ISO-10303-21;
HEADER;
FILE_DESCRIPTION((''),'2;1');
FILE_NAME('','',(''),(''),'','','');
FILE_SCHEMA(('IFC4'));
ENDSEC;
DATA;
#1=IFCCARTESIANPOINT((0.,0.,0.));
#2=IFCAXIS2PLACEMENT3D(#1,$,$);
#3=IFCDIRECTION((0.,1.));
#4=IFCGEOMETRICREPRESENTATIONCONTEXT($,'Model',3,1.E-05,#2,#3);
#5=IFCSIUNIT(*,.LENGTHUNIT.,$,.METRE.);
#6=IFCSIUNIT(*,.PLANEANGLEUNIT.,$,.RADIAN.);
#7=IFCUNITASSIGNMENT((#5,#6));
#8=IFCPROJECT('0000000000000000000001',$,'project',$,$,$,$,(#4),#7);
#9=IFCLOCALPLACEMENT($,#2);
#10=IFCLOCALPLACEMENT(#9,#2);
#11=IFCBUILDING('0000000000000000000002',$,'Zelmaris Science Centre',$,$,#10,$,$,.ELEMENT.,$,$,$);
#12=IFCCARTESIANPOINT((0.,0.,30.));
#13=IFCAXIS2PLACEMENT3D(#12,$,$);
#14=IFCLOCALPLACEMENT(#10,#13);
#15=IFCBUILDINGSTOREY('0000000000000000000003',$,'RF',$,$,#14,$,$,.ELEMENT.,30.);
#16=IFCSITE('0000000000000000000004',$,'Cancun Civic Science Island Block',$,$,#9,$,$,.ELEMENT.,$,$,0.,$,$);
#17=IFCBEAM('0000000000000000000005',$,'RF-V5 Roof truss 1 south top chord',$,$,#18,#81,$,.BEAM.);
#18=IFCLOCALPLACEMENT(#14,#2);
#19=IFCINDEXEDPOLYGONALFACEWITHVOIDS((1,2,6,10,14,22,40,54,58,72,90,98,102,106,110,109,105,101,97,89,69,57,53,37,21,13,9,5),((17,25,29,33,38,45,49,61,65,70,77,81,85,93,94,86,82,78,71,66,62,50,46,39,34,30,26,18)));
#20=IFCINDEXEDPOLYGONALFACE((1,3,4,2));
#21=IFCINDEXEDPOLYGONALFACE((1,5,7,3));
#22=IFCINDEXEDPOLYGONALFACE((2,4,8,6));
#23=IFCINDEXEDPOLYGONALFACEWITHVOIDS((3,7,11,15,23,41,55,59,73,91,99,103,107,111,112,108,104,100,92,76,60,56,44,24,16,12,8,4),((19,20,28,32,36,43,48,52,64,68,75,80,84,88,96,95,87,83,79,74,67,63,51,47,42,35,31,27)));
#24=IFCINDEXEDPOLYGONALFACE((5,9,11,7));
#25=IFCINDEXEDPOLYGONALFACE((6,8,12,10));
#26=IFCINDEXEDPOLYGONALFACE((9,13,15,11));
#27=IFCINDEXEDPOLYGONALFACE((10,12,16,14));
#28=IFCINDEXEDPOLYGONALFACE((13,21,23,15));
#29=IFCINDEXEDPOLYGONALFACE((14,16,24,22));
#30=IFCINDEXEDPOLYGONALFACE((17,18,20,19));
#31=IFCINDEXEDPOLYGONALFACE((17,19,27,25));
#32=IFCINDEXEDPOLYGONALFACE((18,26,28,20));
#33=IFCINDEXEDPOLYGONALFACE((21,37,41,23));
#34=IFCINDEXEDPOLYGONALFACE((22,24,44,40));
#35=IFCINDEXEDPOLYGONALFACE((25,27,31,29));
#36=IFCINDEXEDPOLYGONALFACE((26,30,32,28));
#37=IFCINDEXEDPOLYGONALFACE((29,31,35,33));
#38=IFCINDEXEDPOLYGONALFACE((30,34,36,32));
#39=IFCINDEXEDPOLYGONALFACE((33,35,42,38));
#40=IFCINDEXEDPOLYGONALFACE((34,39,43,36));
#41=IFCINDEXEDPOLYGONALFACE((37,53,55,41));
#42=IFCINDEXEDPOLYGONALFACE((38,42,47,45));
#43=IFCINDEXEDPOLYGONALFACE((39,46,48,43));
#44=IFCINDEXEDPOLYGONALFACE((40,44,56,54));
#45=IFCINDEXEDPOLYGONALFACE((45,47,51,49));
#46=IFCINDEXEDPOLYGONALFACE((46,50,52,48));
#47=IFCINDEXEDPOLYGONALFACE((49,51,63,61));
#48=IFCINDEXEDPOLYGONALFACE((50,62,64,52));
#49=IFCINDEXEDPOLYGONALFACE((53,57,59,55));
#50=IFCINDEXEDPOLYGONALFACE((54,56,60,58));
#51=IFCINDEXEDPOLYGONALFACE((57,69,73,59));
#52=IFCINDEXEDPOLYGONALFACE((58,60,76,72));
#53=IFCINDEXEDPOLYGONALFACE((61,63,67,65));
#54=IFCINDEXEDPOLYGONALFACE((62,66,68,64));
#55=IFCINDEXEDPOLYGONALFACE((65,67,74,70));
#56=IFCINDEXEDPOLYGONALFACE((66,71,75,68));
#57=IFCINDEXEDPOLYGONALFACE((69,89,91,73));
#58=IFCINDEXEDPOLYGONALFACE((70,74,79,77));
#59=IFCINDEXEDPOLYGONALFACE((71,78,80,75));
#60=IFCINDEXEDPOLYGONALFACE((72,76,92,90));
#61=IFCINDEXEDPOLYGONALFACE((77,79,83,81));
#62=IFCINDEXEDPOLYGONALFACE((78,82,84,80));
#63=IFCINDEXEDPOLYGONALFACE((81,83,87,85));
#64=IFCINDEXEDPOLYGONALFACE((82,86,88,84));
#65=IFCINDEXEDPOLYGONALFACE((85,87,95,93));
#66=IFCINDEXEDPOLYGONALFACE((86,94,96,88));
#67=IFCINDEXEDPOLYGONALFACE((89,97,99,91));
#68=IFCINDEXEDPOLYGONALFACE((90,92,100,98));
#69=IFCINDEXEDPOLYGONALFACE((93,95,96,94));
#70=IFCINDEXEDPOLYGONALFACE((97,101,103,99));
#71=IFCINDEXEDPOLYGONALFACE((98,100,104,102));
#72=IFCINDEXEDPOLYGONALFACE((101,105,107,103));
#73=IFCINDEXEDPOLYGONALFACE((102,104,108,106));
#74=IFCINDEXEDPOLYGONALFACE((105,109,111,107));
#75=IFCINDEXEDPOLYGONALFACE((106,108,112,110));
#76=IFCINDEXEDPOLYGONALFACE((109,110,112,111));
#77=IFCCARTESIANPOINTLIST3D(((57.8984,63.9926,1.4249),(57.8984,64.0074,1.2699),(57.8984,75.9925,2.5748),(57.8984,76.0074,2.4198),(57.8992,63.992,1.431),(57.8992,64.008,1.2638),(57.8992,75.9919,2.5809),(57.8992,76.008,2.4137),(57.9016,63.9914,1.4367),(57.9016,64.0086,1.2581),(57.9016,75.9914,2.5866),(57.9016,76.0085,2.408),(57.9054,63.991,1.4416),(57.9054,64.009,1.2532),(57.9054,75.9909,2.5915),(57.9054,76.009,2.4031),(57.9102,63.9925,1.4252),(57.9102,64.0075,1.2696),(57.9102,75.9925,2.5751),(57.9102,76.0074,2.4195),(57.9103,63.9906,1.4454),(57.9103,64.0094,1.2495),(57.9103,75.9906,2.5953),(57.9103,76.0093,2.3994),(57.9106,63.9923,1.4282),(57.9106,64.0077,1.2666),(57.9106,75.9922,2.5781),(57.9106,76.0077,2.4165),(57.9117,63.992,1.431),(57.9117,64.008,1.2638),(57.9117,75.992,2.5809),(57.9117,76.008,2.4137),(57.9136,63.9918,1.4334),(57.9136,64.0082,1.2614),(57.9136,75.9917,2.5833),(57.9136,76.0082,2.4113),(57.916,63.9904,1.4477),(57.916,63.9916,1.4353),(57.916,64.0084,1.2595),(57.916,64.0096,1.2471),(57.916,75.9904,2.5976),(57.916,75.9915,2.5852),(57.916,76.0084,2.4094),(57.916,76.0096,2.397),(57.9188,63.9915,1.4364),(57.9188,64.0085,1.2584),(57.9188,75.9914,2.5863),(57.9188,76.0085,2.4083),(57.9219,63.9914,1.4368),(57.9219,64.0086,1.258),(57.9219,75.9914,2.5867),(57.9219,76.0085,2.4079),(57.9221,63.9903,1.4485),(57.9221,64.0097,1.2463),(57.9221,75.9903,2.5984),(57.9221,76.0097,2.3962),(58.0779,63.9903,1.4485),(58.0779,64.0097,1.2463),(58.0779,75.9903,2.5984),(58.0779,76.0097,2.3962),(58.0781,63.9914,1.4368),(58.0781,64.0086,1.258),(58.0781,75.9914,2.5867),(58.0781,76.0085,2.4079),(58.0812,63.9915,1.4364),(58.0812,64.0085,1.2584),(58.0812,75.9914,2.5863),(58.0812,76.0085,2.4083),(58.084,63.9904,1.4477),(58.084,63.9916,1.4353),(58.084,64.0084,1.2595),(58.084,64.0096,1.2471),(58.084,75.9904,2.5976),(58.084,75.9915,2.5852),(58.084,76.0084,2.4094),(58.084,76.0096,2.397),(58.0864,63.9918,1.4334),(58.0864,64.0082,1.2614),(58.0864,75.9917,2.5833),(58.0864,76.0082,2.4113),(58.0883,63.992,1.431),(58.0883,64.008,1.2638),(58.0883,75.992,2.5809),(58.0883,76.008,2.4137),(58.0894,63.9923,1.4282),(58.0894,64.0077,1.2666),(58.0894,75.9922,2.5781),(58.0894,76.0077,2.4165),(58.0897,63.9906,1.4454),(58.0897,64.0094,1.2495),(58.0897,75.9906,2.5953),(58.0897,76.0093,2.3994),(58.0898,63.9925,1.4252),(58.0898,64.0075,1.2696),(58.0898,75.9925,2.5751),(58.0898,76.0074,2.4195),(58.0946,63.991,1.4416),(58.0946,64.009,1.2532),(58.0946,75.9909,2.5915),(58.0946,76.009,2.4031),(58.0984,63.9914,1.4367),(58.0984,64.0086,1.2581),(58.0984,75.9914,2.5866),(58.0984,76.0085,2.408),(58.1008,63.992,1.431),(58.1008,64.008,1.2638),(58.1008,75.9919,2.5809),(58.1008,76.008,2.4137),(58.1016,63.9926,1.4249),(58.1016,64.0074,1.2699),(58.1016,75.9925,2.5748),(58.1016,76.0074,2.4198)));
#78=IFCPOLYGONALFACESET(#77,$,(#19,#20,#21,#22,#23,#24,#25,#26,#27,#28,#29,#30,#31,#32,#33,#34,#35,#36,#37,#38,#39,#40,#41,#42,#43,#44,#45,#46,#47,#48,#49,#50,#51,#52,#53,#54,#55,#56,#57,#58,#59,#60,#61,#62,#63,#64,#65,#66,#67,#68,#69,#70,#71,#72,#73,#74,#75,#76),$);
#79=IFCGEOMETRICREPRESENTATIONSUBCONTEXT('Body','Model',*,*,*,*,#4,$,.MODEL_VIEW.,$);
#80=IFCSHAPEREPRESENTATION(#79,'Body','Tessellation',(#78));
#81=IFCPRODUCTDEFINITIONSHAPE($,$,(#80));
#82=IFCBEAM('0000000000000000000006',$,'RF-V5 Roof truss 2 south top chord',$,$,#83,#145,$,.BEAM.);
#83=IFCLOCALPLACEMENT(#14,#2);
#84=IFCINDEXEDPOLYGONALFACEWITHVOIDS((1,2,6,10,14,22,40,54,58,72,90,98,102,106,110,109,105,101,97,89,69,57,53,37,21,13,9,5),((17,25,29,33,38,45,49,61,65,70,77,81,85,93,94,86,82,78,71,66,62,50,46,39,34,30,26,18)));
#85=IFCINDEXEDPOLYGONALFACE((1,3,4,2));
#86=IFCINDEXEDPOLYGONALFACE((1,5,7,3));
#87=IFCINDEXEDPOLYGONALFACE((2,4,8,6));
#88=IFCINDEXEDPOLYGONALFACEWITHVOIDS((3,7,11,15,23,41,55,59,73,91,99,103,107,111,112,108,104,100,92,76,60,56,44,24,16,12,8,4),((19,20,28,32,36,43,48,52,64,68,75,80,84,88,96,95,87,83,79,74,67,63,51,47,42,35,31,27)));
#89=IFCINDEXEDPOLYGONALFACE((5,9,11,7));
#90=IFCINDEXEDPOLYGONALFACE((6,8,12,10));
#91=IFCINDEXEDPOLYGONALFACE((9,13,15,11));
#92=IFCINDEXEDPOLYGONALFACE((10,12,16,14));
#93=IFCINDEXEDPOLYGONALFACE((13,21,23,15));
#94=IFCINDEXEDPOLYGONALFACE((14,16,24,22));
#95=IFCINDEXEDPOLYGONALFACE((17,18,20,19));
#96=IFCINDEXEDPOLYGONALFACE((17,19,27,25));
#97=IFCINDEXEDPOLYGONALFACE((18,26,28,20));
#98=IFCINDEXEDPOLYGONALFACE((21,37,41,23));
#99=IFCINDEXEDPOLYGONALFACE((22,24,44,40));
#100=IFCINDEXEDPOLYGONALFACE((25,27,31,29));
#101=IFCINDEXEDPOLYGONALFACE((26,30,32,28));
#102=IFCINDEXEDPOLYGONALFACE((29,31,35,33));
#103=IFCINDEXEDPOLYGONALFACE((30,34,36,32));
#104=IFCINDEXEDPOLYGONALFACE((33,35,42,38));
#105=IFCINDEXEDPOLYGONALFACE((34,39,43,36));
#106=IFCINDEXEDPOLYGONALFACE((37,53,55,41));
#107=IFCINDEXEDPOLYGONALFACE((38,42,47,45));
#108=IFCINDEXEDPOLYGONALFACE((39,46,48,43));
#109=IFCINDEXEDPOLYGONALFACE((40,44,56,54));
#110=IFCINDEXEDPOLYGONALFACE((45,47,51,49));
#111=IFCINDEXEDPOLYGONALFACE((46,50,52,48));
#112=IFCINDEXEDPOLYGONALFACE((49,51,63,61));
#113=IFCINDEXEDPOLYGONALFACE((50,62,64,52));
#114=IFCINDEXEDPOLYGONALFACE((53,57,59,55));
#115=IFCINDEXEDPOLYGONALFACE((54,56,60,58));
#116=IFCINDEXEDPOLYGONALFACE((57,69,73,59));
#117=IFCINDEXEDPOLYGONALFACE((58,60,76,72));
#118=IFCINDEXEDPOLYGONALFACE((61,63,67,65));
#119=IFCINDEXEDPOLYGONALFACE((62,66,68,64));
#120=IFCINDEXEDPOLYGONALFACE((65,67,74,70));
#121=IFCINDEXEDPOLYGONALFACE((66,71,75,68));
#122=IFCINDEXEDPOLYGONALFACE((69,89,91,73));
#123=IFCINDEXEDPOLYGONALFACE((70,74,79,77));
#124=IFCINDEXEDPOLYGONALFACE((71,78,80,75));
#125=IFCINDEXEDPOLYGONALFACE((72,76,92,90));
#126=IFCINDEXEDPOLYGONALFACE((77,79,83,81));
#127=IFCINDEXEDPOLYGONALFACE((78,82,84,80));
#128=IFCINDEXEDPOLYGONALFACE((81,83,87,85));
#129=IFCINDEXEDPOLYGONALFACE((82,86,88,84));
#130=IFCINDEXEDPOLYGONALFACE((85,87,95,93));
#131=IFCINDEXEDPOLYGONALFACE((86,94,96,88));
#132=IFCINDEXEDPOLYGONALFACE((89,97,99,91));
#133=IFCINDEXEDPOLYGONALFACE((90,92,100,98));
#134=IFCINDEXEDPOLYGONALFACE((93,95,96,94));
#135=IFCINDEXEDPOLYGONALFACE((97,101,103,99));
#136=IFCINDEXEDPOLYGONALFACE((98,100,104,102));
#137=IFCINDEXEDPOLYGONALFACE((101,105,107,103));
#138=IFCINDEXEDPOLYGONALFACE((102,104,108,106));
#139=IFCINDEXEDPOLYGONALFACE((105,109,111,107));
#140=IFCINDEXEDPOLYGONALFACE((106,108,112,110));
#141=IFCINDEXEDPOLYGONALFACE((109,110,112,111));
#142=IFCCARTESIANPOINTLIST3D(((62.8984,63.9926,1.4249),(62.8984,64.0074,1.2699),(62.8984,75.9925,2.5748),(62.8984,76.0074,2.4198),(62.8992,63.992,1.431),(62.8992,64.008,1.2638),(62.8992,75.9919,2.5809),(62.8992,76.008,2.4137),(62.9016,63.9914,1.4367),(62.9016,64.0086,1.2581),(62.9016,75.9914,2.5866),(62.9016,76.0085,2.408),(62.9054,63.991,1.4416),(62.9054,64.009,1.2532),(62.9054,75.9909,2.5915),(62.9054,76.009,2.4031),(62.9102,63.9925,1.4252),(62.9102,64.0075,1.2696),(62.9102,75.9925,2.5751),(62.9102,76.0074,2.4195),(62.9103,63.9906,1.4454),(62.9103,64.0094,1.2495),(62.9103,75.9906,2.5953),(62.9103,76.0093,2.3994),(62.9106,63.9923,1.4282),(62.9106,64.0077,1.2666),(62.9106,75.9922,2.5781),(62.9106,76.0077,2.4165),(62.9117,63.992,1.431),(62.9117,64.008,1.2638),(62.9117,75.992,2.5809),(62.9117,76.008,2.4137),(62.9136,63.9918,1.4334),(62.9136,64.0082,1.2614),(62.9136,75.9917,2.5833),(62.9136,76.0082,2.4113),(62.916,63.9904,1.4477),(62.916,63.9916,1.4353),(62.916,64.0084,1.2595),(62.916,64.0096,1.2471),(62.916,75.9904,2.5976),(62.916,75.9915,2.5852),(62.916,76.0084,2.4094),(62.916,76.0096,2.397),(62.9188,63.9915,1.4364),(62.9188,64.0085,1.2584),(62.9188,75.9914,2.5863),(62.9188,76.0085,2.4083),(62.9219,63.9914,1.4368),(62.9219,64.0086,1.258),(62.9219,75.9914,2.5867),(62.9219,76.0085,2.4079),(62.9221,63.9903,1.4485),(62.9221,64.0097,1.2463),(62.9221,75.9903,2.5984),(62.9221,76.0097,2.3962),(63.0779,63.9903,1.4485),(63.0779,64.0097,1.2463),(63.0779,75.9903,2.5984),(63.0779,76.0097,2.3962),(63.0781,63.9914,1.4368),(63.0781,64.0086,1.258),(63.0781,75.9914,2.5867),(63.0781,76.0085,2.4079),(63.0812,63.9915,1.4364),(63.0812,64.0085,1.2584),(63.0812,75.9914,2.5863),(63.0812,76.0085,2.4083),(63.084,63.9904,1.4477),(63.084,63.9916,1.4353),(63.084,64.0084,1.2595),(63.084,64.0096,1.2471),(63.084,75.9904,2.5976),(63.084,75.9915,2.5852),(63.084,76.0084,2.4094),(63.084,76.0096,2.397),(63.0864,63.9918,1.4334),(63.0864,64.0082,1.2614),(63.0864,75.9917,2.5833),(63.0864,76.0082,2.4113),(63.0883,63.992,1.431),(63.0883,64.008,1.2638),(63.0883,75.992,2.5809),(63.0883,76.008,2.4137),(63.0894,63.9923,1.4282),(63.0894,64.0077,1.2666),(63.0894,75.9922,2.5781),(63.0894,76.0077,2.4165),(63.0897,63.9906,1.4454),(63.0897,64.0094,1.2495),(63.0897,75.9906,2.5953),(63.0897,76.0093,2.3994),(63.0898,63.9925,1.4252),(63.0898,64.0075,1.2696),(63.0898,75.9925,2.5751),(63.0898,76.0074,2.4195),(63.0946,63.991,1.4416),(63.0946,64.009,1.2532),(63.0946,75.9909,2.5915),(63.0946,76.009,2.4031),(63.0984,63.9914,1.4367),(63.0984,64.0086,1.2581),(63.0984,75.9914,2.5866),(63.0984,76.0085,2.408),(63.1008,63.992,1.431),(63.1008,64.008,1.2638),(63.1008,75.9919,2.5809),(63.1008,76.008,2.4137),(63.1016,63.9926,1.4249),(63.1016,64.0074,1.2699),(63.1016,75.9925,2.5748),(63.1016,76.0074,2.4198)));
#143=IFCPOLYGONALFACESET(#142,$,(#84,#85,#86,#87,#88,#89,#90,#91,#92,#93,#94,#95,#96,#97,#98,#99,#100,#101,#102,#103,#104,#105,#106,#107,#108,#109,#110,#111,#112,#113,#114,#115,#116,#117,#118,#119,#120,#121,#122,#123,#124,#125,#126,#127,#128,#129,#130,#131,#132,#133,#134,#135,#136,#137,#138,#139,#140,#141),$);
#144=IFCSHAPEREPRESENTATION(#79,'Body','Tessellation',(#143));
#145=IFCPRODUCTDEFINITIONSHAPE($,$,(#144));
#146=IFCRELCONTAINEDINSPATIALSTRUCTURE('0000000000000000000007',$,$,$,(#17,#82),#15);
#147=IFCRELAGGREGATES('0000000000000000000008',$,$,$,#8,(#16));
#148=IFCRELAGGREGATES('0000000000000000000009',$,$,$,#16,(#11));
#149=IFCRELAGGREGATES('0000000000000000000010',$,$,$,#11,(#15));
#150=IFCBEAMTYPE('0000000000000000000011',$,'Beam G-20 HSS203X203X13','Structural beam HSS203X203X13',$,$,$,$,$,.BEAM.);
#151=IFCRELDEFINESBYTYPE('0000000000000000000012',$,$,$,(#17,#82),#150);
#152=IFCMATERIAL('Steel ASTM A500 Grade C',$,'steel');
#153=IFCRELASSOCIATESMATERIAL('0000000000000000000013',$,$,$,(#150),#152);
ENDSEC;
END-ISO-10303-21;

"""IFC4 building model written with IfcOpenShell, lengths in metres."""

from ifc_helpers import new_model, si_unit, direction, frame, origin, origin_2d, place, context, subcontext, project, spatial, hollow_rectangle, extrude, material, material_profile, profile_set, type_object, element, save


model = new_model("IFC4")

# Units and contexts
model_context = context("Model", 3, precision=1e-05, world=origin(), true_north=direction((0.0, 1.0)))
body_context = subcontext(model_context, "Body", "Model", "MODEL_VIEW")
ifc_project = project(units=[si_unit("LENGTHUNIT", "METRE"), si_unit("PLANEANGLEUNIT", "RADIAN")], contexts=[model_context])

# Site, building, storey
site_placement = place(None, origin())
site = spatial("IfcSite", under=ifc_project, at=site_placement, Name="Cancun Civic Science Island Block", CompositionType="ELEMENT", RefElevation=0.0)
building_placement = place(site_placement, origin())
building = spatial("IfcBuilding", under=site, at=building_placement, Name="Zelmaris Science Centre", CompositionType="ELEMENT")
storey_placement = place(building_placement, frame((0.0, 0.0, 30.0)))
storey = spatial("IfcBuildingStorey", under=building, at=storey_placement, Name="RF", CompositionType="ELEMENT", Elevation=30.0)

# Beams
ifc_material_1 = material(Name="Steel ASTM A500 Grade C", Category="steel")
ifc_material_profile_1 = material_profile(ifc_material_1, hollow_rectangle(XDim=0.2031, YDim=0.2031, WallThickness=0.0117, InnerFilletRadius=0.0117, OuterFilletRadius=0.0237, at=origin_2d()), Name="HSS203X203X13")
ifc_profile_set_1 = profile_set([ifc_material_profile_1], Name="Steel ASTM A500 Grade C")
beam_type_1 = type_object("IfcBeamType", Name="Beam G-20 HSS203X203X13", Description="Structural beam HSS203X203X13", PredefinedType="BEAM", material=ifc_profile_set_1)
for number, where, z_axis, x_axis, name in (
    (1, (58.0, 64.0, 1.3474), (0.0, 0.99544, 0.095388), (-1.0, 0.0, 0.0), "RF-V5 Roof truss 1 south top chord"),
    (2, (63.0, 64.0, 1.3474), (0.0, 0.99544, 0.095388), (-1.0, 0.0, 0.0), "RF-V5 Roof truss 2 south top chord"),
):
    element("IfcBeam", number, at=place(storey_placement, frame(where, z_axis=z_axis, x_axis=x_axis)), inside=storey, type_object=beam_type_1, Name=name, PredefinedType="BEAM", context=body_context, shape_type="SweptSolid", body=[
        extrude(hollow_rectangle(XDim=0.2031, YDim=0.2031, WallThickness=0.0117, InnerFilletRadius=0.0117, OuterFilletRadius=0.0237, at=origin_2d()), origin(), (0.0, 0.0, 1.0), 12.0549),
    ])

save(model, "model.ifc")
